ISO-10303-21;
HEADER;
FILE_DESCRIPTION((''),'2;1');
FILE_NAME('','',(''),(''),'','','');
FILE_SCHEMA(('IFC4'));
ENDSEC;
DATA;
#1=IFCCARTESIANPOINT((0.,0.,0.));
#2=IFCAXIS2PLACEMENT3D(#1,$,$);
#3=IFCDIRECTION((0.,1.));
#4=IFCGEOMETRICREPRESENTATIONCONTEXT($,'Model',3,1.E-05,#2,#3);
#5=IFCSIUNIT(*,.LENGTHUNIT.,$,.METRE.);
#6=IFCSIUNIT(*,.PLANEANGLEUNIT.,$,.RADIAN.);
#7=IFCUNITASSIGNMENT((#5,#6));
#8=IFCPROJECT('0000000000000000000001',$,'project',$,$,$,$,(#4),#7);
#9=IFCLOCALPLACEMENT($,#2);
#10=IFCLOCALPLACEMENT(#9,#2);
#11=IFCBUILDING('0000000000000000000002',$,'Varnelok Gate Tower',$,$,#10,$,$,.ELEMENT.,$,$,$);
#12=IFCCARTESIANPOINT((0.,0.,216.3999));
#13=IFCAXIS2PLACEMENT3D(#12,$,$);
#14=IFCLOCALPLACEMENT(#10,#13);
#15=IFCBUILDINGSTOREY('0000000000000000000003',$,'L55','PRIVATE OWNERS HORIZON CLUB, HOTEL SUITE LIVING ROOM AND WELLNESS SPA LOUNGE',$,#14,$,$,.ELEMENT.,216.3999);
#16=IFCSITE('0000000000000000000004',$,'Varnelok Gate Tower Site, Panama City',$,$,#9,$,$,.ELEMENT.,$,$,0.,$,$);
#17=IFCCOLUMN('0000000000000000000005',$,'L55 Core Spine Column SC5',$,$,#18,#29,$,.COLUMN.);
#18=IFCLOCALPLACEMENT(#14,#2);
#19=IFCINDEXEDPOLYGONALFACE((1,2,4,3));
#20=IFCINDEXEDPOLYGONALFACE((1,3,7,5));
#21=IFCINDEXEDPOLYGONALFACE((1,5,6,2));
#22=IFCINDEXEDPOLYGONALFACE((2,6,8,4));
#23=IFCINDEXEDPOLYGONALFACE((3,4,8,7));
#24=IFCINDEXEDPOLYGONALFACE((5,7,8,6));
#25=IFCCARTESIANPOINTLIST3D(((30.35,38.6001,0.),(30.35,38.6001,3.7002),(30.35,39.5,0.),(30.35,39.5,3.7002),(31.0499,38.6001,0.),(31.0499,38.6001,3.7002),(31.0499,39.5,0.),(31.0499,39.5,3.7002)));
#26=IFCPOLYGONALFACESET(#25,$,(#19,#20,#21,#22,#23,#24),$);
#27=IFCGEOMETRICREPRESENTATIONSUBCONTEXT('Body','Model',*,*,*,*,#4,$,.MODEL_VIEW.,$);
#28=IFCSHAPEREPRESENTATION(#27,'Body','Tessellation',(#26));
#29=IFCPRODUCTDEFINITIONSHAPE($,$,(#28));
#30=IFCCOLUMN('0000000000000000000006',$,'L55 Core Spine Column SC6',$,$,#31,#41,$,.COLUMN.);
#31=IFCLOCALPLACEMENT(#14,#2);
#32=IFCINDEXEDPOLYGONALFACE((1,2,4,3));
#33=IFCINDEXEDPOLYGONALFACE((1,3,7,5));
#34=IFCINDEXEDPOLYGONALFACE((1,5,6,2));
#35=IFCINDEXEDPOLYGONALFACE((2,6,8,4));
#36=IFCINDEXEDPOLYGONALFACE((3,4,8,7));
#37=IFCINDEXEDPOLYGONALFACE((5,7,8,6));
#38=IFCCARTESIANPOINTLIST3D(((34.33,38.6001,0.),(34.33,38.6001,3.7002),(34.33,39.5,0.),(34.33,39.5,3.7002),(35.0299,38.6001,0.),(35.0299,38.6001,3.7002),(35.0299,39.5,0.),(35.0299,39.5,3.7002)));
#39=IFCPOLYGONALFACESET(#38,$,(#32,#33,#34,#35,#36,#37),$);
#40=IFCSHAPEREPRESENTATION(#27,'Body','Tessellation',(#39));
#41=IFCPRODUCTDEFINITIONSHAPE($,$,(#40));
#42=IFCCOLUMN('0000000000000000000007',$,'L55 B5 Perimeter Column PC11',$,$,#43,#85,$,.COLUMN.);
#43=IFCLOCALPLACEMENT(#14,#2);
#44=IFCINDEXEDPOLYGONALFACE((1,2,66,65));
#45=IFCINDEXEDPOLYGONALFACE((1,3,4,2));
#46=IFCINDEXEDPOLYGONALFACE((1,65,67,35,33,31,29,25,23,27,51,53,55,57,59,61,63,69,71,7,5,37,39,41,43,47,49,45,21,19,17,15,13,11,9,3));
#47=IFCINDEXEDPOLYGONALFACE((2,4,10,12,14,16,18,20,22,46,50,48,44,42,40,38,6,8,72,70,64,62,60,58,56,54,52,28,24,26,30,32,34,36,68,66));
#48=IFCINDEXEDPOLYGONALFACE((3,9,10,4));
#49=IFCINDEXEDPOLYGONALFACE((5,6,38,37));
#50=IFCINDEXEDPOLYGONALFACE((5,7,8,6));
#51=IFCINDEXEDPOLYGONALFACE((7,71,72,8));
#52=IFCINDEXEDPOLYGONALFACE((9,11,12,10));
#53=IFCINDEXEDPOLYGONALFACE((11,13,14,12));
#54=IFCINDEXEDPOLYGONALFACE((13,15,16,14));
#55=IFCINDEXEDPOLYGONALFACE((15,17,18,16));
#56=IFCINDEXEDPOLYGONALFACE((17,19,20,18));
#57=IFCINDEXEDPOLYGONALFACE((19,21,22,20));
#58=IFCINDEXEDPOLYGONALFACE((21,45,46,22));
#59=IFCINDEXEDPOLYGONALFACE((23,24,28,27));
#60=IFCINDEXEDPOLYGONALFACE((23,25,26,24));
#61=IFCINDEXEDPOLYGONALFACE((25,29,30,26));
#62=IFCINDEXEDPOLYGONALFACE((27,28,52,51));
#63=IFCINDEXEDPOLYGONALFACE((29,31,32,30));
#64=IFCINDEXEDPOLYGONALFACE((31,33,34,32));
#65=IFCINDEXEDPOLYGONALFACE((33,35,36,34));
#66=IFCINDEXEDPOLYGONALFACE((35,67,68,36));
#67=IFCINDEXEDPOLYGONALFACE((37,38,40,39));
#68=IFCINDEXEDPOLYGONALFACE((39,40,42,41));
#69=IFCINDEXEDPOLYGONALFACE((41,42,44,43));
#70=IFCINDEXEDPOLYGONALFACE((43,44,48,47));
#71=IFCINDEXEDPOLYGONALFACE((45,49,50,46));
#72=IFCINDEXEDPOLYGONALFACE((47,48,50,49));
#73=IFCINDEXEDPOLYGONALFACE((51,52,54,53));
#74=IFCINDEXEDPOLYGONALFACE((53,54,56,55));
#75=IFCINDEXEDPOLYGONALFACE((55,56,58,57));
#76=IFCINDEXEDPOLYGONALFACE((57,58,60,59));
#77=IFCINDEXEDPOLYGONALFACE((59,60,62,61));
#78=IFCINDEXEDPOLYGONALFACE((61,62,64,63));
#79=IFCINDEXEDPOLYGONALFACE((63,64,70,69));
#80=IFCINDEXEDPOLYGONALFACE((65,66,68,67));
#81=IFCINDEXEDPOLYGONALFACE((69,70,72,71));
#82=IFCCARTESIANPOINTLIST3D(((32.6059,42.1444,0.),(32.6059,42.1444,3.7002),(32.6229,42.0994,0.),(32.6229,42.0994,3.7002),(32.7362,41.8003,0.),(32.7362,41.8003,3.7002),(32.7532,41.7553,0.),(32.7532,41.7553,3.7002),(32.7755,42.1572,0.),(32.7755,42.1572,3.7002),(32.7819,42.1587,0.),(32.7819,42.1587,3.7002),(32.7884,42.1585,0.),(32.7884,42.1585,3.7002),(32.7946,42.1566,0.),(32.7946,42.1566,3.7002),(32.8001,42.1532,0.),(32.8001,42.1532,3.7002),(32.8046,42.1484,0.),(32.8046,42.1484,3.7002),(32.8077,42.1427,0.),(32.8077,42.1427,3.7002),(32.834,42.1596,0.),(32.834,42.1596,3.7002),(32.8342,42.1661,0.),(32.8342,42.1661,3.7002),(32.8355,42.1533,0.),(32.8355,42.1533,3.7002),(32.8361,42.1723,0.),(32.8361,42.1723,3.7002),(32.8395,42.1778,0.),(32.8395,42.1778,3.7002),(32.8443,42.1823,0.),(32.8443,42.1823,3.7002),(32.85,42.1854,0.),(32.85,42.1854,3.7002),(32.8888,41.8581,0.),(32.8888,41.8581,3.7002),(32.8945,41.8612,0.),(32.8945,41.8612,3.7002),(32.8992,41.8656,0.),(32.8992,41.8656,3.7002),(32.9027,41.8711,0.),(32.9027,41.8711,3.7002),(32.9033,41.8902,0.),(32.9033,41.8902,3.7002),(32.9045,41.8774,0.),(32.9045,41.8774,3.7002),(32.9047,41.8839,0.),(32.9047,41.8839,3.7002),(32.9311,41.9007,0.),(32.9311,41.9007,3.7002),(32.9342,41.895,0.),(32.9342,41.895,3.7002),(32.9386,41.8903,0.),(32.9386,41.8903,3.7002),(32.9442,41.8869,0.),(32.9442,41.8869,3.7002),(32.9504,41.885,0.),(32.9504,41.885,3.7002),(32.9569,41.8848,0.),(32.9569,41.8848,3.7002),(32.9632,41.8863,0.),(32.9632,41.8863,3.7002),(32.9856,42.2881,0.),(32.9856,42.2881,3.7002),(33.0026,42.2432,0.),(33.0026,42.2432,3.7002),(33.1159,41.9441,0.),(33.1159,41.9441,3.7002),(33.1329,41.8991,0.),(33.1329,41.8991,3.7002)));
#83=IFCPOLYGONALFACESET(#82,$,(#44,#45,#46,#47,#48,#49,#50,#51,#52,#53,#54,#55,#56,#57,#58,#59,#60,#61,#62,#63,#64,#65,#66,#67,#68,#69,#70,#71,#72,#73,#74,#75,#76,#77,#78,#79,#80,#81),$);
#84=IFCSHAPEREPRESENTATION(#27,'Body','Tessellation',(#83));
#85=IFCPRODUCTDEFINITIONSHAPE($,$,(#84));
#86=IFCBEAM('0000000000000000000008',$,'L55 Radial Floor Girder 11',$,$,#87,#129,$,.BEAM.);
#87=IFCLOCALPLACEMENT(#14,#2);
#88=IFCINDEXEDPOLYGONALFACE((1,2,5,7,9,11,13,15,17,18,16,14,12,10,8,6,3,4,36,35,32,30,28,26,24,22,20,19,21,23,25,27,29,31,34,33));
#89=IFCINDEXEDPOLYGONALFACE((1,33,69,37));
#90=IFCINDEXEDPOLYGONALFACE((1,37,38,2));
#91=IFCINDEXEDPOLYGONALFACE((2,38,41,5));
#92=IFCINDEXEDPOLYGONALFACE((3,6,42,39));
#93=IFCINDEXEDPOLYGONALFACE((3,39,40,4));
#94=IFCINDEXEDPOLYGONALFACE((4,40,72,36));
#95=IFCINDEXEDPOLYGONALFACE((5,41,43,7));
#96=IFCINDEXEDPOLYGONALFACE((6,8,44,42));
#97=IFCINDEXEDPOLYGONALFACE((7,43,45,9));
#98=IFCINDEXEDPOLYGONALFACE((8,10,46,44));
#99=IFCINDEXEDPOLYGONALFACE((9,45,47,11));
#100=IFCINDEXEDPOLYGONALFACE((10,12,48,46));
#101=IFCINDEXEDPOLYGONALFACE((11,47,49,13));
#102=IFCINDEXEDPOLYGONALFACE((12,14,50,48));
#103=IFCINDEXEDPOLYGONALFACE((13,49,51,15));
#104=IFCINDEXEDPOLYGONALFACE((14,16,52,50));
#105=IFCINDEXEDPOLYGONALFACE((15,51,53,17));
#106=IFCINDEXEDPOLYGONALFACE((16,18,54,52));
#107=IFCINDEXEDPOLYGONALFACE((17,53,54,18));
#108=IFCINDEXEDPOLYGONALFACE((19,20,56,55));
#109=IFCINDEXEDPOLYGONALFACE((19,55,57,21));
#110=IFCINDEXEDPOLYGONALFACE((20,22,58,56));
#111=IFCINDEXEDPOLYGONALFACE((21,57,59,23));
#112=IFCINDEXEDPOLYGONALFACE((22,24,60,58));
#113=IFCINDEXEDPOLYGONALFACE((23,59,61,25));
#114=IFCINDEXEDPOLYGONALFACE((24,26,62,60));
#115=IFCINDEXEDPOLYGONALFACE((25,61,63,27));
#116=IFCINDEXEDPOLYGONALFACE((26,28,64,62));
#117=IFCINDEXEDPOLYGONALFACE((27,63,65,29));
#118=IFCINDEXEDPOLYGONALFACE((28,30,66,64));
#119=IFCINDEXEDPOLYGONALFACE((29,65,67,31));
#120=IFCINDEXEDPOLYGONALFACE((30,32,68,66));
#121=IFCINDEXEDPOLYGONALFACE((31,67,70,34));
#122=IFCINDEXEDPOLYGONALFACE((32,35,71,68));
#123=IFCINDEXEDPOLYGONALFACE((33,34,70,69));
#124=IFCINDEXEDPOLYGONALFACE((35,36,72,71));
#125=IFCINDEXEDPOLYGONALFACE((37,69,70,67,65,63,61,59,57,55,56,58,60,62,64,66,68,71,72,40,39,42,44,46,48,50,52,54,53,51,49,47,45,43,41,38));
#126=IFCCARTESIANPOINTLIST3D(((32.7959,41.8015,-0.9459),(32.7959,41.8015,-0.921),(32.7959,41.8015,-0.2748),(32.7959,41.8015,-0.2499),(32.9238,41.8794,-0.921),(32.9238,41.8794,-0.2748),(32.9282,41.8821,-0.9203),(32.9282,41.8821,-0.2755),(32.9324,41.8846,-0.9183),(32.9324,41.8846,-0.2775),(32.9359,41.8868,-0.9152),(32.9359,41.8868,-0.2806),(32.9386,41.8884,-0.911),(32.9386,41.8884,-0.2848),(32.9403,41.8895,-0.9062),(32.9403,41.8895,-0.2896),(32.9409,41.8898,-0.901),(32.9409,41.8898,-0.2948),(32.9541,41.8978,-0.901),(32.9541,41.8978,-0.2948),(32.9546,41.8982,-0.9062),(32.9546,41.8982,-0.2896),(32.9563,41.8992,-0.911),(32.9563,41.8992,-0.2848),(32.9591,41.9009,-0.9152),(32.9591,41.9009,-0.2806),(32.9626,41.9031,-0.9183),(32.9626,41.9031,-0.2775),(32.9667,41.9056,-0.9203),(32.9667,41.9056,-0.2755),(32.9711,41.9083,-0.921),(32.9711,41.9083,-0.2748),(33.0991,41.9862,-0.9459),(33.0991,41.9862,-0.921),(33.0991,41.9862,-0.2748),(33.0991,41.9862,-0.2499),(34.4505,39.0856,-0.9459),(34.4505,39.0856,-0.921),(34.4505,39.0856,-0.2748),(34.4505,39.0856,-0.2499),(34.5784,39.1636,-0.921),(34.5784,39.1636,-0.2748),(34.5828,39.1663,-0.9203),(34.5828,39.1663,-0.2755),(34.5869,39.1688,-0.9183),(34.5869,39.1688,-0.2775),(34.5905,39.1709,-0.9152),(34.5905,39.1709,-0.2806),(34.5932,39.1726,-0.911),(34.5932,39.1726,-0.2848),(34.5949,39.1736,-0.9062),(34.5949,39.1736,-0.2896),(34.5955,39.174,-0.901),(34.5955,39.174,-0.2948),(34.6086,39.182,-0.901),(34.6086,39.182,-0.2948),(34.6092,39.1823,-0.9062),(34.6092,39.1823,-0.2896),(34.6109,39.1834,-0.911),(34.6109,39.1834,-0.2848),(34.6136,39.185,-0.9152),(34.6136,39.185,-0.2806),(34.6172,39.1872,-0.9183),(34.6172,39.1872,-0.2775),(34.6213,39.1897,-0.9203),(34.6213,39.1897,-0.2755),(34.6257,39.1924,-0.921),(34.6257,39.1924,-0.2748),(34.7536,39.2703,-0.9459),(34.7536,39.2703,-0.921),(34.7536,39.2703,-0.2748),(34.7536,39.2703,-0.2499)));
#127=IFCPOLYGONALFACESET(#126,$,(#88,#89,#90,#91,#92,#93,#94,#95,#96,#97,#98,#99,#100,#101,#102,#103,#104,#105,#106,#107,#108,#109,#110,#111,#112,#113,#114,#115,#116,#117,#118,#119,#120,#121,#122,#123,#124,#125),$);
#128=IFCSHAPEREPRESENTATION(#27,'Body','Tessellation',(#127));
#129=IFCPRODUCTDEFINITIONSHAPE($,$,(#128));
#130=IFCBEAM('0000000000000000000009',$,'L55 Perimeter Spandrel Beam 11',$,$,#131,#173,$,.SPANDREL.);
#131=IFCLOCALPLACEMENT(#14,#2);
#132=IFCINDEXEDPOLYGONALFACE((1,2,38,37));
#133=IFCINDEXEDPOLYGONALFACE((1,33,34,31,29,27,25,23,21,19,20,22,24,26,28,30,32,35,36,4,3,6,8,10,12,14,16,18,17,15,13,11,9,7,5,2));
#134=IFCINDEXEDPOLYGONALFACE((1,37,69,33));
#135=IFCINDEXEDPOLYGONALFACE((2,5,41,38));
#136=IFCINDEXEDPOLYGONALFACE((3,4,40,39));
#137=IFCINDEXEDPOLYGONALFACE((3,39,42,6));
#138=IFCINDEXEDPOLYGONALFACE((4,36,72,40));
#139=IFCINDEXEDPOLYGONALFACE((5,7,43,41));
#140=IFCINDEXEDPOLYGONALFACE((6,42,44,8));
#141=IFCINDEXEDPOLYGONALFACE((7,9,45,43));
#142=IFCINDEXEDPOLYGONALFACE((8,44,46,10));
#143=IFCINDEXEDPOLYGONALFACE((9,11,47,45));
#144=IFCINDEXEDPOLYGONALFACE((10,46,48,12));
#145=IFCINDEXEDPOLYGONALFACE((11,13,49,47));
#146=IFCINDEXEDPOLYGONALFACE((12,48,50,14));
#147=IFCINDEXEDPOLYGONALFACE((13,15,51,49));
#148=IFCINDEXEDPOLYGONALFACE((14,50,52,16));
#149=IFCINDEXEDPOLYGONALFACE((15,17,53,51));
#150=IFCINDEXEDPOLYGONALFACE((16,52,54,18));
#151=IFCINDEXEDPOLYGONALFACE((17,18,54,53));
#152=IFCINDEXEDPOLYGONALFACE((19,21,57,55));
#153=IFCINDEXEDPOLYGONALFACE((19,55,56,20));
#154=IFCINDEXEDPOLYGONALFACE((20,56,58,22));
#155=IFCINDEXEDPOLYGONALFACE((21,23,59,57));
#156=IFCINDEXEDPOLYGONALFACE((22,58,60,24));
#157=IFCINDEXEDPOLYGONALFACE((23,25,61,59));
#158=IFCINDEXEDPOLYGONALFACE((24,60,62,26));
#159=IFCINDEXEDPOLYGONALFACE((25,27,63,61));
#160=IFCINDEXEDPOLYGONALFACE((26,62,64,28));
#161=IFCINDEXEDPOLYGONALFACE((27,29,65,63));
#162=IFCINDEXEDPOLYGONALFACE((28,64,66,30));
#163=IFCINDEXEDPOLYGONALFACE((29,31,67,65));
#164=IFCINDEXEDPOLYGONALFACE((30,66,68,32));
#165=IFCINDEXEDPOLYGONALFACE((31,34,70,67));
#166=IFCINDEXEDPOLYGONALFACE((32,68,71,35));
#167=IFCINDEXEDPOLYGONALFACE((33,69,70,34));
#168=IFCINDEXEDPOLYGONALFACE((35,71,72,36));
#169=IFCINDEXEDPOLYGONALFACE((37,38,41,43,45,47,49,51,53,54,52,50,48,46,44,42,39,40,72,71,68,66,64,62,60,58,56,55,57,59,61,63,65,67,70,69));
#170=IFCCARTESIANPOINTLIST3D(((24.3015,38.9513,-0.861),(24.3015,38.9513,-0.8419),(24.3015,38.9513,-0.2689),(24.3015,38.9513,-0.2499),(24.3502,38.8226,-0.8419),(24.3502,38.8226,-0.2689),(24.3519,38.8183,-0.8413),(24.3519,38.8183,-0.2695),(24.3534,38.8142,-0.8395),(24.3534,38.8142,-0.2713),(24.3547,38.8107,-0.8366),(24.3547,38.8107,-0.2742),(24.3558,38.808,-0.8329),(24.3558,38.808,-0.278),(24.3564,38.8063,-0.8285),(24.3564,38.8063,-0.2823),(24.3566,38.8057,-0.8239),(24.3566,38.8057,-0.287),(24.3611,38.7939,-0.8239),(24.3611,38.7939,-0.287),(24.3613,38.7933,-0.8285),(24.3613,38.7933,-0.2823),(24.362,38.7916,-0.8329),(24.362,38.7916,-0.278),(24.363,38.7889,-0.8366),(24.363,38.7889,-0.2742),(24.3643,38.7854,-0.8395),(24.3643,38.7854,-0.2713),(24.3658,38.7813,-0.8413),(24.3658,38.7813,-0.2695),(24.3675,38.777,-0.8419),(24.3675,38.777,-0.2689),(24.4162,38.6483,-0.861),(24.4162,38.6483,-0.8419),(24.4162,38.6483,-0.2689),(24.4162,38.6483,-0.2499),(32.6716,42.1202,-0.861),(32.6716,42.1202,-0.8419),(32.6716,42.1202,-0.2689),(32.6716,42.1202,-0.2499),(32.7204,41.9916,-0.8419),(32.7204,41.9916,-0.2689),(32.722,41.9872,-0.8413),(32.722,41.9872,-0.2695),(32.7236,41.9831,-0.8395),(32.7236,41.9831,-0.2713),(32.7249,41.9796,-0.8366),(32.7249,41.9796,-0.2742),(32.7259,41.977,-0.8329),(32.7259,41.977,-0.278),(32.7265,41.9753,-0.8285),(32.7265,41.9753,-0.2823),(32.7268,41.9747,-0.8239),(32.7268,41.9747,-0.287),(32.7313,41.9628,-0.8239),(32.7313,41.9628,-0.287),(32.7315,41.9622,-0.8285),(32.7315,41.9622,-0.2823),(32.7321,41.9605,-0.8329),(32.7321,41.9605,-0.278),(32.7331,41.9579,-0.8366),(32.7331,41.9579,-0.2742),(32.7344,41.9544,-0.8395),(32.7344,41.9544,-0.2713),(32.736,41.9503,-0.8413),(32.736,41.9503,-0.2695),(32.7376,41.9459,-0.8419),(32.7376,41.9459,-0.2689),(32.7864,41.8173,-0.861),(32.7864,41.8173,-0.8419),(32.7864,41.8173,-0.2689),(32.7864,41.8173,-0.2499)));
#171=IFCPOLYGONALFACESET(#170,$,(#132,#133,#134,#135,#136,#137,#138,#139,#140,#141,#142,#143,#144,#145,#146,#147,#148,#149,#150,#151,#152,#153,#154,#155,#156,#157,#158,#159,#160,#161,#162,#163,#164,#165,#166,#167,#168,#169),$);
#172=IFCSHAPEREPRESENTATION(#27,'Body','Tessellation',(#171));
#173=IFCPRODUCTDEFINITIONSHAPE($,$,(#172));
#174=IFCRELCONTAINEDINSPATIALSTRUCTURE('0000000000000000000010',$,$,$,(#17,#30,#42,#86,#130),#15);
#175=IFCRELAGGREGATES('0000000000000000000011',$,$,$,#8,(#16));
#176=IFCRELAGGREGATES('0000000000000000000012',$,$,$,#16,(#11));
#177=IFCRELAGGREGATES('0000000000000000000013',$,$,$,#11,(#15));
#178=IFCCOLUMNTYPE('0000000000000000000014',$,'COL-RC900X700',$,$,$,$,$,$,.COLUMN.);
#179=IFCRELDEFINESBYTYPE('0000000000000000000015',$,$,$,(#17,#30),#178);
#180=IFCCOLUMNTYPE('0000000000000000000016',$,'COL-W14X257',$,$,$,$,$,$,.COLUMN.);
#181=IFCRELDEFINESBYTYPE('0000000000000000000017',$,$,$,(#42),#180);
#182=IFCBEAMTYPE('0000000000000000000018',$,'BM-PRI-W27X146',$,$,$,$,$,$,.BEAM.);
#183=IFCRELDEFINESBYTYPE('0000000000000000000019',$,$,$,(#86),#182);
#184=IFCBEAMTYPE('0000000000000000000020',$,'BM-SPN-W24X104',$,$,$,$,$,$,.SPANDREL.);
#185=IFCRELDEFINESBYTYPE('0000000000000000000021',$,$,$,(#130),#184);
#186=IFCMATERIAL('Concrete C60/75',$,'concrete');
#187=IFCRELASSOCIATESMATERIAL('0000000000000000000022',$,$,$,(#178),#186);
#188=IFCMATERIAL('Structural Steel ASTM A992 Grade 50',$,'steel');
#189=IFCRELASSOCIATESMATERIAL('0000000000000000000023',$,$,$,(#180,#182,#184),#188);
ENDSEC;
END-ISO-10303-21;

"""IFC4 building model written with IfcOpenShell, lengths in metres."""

from ifc_helpers import new_model, si_unit, direction, frame, origin, origin_2d, place, context, subcontext, project, spatial, rectangle, i_section, extrude, material, material_profile, profile_set, type_object, element, save


model = new_model("IFC4")

# Units and contexts
model_context = context("Model", 3, precision=1e-05, world=origin(), true_north=direction((0.0, 1.0)))
body_context = subcontext(model_context, "Body", "Model", "MODEL_VIEW")
ifc_project = project(units=[si_unit("LENGTHUNIT", "METRE"), si_unit("PLANEANGLEUNIT", "RADIAN")], contexts=[model_context])

# Site, building, storey
site_placement = place(None, origin())
site = spatial("IfcSite", under=ifc_project, at=site_placement, Name="Varnelok Gate Tower Site, Panama City", CompositionType="ELEMENT", RefElevation=0.0)
building_placement = place(site_placement, origin())
building = spatial("IfcBuilding", under=site, at=building_placement, Name="Varnelok Gate Tower", CompositionType="ELEMENT")
storey_placement = place(building_placement, frame((0.0, 0.0, 216.3999)))
storey = spatial("IfcBuildingStorey", under=building, at=storey_placement, Name="L55", Description="PRIVATE OWNERS HORIZON CLUB, HOTEL SUITE LIVING ROOM AND WELLNESS SPA LOUNGE", CompositionType="ELEMENT", Elevation=216.3999)

# Columns
ifc_material_1 = material(Name="Concrete C60/75", Category="concrete")
ifc_material_profile_1 = material_profile(ifc_material_1, rectangle(XDim=0.7, YDim=0.8999, at=origin_2d()), Name="RC900X700")
ifc_profile_set_1 = profile_set([ifc_material_profile_1], Name="Concrete C60/75")
column_type_1 = type_object("IfcColumnType", Name="COL-RC900X700", PredefinedType="COLUMN", material=ifc_profile_set_1)
for number, where, z_axis, x_axis, name in (
    (1, (30.7, 39.05, 0.0), (0.0, 0.0, 1.0), (1.0, 0.0, 0.0), "L55 Core Spine Column SC5"),
    (2, (34.6799, 39.05, 0.0), (0.0, 0.0, 1.0), (1.0, 0.0, 0.0), "L55 Core Spine Column SC6"),
):
    element("IfcColumn", number, at=place(storey_placement, frame(where, z_axis=z_axis, x_axis=x_axis)), inside=storey, type_object=column_type_1, Name=name, PredefinedType="COLUMN", context=body_context, shape_type="SweptSolid", body=[
        extrude(rectangle(XDim=0.7, YDim=0.8999, at=origin_2d()), origin(), (0.0, 0.0, 1.0), 3.7002),
    ])
ifc_material_2 = material(Name="Structural Steel ASTM A992 Grade 50", Category="steel")
ifc_material_profile_2 = material_profile(ifc_material_2, i_section(OverallWidth=0.406, OverallDepth=0.416, WebThickness=0.0298, FlangeThickness=0.0481, FilletRadius=0.0249, at=origin_2d()), Name="W14X257")
ifc_profile_set_2 = profile_set([ifc_material_profile_2], Name="Structural Steel ASTM A992 Grade 50")
column_type_2 = type_object("IfcColumnType", Name="COL-W14X257", PredefinedType="COLUMN", material=ifc_profile_set_2)
column_placement = place(storey_placement, frame((32.8694, 42.0217, 0.0), z_axis=(0.0, 0.0, 1.0), x_axis=(0.935222, 0.354063, 0.0)))
element("IfcColumn", 3, at=column_placement, inside=storey, type_object=column_type_2, Name="L55 B5 Perimeter Column PC11", PredefinedType="COLUMN", context=body_context, shape_type="SweptSolid", body=[
    extrude(i_section(OverallWidth=0.406, OverallDepth=0.416, WebThickness=0.0298, FlangeThickness=0.0481, FilletRadius=0.0249, at=origin_2d()), origin(), (0.0, 0.0, 1.0), 3.7002),
])

# Beams
ifc_material_profile_3 = material_profile(ifc_material_2, i_section(OverallWidth=0.355, OverallDepth=0.696, WebThickness=0.0154, FlangeThickness=0.0249, FilletRadius=0.02, at=origin_2d()), Name="W27X146")
ifc_profile_set_3 = profile_set([ifc_material_profile_3], Name="Structural Steel ASTM A992 Grade 50")
beam_type_1 = type_object("IfcBeamType", Name="BM-PRI-W27X146", PredefinedType="BEAM", material=ifc_profile_set_3)
beam_1_placement = place(storey_placement, frame((34.6021, 39.178, -0.5979), z_axis=(-0.520276, 0.853998, 0.0), x_axis=(-0.853998, -0.520276, 0.0)))
element("IfcBeam", 4, at=beam_1_placement, inside=storey, type_object=beam_type_1, Name="L55 Radial Floor Girder 11", PredefinedType="BEAM", context=body_context, shape_type="SweptSolid", body=[
    extrude(i_section(OverallWidth=0.355, OverallDepth=0.696, WebThickness=0.0154, FlangeThickness=0.0249, FilletRadius=0.02, at=origin_2d()), origin(), (0.0, 0.0, 1.0), 3.1802),
])
ifc_material_profile_4 = material_profile(ifc_material_2, i_section(OverallWidth=0.324, OverallDepth=0.6111, WebThickness=0.0127, FlangeThickness=0.019, FilletRadius=0.0181, at=origin_2d()), Name="W24X104")
ifc_profile_set_4 = profile_set([ifc_material_profile_4], Name="Structural Steel ASTM A992 Grade 50")
beam_type_2 = type_object("IfcBeamType", Name="BM-SPN-W24X104", PredefinedType="SPANDREL", material=ifc_profile_set_4)
beam_2_placement = place(storey_placement, frame((32.729, 41.9688, -0.5554), z_axis=(-0.935217, -0.354075, 0.0), x_axis=(0.354075, -0.935217, 0.0)))
element("IfcBeam", 5, at=beam_2_placement, inside=storey, type_object=beam_type_2, Name="L55 Perimeter Spandrel Beam 11", PredefinedType="SPANDREL", context=body_context, shape_type="SweptSolid", body=[
    extrude(i_section(OverallWidth=0.324, OverallDepth=0.6111, WebThickness=0.0127, FlangeThickness=0.019, FilletRadius=0.0181, at=origin_2d()), origin(), (0.0, 0.0, 1.0), 8.95),
])

save(model, "model.ifc")
